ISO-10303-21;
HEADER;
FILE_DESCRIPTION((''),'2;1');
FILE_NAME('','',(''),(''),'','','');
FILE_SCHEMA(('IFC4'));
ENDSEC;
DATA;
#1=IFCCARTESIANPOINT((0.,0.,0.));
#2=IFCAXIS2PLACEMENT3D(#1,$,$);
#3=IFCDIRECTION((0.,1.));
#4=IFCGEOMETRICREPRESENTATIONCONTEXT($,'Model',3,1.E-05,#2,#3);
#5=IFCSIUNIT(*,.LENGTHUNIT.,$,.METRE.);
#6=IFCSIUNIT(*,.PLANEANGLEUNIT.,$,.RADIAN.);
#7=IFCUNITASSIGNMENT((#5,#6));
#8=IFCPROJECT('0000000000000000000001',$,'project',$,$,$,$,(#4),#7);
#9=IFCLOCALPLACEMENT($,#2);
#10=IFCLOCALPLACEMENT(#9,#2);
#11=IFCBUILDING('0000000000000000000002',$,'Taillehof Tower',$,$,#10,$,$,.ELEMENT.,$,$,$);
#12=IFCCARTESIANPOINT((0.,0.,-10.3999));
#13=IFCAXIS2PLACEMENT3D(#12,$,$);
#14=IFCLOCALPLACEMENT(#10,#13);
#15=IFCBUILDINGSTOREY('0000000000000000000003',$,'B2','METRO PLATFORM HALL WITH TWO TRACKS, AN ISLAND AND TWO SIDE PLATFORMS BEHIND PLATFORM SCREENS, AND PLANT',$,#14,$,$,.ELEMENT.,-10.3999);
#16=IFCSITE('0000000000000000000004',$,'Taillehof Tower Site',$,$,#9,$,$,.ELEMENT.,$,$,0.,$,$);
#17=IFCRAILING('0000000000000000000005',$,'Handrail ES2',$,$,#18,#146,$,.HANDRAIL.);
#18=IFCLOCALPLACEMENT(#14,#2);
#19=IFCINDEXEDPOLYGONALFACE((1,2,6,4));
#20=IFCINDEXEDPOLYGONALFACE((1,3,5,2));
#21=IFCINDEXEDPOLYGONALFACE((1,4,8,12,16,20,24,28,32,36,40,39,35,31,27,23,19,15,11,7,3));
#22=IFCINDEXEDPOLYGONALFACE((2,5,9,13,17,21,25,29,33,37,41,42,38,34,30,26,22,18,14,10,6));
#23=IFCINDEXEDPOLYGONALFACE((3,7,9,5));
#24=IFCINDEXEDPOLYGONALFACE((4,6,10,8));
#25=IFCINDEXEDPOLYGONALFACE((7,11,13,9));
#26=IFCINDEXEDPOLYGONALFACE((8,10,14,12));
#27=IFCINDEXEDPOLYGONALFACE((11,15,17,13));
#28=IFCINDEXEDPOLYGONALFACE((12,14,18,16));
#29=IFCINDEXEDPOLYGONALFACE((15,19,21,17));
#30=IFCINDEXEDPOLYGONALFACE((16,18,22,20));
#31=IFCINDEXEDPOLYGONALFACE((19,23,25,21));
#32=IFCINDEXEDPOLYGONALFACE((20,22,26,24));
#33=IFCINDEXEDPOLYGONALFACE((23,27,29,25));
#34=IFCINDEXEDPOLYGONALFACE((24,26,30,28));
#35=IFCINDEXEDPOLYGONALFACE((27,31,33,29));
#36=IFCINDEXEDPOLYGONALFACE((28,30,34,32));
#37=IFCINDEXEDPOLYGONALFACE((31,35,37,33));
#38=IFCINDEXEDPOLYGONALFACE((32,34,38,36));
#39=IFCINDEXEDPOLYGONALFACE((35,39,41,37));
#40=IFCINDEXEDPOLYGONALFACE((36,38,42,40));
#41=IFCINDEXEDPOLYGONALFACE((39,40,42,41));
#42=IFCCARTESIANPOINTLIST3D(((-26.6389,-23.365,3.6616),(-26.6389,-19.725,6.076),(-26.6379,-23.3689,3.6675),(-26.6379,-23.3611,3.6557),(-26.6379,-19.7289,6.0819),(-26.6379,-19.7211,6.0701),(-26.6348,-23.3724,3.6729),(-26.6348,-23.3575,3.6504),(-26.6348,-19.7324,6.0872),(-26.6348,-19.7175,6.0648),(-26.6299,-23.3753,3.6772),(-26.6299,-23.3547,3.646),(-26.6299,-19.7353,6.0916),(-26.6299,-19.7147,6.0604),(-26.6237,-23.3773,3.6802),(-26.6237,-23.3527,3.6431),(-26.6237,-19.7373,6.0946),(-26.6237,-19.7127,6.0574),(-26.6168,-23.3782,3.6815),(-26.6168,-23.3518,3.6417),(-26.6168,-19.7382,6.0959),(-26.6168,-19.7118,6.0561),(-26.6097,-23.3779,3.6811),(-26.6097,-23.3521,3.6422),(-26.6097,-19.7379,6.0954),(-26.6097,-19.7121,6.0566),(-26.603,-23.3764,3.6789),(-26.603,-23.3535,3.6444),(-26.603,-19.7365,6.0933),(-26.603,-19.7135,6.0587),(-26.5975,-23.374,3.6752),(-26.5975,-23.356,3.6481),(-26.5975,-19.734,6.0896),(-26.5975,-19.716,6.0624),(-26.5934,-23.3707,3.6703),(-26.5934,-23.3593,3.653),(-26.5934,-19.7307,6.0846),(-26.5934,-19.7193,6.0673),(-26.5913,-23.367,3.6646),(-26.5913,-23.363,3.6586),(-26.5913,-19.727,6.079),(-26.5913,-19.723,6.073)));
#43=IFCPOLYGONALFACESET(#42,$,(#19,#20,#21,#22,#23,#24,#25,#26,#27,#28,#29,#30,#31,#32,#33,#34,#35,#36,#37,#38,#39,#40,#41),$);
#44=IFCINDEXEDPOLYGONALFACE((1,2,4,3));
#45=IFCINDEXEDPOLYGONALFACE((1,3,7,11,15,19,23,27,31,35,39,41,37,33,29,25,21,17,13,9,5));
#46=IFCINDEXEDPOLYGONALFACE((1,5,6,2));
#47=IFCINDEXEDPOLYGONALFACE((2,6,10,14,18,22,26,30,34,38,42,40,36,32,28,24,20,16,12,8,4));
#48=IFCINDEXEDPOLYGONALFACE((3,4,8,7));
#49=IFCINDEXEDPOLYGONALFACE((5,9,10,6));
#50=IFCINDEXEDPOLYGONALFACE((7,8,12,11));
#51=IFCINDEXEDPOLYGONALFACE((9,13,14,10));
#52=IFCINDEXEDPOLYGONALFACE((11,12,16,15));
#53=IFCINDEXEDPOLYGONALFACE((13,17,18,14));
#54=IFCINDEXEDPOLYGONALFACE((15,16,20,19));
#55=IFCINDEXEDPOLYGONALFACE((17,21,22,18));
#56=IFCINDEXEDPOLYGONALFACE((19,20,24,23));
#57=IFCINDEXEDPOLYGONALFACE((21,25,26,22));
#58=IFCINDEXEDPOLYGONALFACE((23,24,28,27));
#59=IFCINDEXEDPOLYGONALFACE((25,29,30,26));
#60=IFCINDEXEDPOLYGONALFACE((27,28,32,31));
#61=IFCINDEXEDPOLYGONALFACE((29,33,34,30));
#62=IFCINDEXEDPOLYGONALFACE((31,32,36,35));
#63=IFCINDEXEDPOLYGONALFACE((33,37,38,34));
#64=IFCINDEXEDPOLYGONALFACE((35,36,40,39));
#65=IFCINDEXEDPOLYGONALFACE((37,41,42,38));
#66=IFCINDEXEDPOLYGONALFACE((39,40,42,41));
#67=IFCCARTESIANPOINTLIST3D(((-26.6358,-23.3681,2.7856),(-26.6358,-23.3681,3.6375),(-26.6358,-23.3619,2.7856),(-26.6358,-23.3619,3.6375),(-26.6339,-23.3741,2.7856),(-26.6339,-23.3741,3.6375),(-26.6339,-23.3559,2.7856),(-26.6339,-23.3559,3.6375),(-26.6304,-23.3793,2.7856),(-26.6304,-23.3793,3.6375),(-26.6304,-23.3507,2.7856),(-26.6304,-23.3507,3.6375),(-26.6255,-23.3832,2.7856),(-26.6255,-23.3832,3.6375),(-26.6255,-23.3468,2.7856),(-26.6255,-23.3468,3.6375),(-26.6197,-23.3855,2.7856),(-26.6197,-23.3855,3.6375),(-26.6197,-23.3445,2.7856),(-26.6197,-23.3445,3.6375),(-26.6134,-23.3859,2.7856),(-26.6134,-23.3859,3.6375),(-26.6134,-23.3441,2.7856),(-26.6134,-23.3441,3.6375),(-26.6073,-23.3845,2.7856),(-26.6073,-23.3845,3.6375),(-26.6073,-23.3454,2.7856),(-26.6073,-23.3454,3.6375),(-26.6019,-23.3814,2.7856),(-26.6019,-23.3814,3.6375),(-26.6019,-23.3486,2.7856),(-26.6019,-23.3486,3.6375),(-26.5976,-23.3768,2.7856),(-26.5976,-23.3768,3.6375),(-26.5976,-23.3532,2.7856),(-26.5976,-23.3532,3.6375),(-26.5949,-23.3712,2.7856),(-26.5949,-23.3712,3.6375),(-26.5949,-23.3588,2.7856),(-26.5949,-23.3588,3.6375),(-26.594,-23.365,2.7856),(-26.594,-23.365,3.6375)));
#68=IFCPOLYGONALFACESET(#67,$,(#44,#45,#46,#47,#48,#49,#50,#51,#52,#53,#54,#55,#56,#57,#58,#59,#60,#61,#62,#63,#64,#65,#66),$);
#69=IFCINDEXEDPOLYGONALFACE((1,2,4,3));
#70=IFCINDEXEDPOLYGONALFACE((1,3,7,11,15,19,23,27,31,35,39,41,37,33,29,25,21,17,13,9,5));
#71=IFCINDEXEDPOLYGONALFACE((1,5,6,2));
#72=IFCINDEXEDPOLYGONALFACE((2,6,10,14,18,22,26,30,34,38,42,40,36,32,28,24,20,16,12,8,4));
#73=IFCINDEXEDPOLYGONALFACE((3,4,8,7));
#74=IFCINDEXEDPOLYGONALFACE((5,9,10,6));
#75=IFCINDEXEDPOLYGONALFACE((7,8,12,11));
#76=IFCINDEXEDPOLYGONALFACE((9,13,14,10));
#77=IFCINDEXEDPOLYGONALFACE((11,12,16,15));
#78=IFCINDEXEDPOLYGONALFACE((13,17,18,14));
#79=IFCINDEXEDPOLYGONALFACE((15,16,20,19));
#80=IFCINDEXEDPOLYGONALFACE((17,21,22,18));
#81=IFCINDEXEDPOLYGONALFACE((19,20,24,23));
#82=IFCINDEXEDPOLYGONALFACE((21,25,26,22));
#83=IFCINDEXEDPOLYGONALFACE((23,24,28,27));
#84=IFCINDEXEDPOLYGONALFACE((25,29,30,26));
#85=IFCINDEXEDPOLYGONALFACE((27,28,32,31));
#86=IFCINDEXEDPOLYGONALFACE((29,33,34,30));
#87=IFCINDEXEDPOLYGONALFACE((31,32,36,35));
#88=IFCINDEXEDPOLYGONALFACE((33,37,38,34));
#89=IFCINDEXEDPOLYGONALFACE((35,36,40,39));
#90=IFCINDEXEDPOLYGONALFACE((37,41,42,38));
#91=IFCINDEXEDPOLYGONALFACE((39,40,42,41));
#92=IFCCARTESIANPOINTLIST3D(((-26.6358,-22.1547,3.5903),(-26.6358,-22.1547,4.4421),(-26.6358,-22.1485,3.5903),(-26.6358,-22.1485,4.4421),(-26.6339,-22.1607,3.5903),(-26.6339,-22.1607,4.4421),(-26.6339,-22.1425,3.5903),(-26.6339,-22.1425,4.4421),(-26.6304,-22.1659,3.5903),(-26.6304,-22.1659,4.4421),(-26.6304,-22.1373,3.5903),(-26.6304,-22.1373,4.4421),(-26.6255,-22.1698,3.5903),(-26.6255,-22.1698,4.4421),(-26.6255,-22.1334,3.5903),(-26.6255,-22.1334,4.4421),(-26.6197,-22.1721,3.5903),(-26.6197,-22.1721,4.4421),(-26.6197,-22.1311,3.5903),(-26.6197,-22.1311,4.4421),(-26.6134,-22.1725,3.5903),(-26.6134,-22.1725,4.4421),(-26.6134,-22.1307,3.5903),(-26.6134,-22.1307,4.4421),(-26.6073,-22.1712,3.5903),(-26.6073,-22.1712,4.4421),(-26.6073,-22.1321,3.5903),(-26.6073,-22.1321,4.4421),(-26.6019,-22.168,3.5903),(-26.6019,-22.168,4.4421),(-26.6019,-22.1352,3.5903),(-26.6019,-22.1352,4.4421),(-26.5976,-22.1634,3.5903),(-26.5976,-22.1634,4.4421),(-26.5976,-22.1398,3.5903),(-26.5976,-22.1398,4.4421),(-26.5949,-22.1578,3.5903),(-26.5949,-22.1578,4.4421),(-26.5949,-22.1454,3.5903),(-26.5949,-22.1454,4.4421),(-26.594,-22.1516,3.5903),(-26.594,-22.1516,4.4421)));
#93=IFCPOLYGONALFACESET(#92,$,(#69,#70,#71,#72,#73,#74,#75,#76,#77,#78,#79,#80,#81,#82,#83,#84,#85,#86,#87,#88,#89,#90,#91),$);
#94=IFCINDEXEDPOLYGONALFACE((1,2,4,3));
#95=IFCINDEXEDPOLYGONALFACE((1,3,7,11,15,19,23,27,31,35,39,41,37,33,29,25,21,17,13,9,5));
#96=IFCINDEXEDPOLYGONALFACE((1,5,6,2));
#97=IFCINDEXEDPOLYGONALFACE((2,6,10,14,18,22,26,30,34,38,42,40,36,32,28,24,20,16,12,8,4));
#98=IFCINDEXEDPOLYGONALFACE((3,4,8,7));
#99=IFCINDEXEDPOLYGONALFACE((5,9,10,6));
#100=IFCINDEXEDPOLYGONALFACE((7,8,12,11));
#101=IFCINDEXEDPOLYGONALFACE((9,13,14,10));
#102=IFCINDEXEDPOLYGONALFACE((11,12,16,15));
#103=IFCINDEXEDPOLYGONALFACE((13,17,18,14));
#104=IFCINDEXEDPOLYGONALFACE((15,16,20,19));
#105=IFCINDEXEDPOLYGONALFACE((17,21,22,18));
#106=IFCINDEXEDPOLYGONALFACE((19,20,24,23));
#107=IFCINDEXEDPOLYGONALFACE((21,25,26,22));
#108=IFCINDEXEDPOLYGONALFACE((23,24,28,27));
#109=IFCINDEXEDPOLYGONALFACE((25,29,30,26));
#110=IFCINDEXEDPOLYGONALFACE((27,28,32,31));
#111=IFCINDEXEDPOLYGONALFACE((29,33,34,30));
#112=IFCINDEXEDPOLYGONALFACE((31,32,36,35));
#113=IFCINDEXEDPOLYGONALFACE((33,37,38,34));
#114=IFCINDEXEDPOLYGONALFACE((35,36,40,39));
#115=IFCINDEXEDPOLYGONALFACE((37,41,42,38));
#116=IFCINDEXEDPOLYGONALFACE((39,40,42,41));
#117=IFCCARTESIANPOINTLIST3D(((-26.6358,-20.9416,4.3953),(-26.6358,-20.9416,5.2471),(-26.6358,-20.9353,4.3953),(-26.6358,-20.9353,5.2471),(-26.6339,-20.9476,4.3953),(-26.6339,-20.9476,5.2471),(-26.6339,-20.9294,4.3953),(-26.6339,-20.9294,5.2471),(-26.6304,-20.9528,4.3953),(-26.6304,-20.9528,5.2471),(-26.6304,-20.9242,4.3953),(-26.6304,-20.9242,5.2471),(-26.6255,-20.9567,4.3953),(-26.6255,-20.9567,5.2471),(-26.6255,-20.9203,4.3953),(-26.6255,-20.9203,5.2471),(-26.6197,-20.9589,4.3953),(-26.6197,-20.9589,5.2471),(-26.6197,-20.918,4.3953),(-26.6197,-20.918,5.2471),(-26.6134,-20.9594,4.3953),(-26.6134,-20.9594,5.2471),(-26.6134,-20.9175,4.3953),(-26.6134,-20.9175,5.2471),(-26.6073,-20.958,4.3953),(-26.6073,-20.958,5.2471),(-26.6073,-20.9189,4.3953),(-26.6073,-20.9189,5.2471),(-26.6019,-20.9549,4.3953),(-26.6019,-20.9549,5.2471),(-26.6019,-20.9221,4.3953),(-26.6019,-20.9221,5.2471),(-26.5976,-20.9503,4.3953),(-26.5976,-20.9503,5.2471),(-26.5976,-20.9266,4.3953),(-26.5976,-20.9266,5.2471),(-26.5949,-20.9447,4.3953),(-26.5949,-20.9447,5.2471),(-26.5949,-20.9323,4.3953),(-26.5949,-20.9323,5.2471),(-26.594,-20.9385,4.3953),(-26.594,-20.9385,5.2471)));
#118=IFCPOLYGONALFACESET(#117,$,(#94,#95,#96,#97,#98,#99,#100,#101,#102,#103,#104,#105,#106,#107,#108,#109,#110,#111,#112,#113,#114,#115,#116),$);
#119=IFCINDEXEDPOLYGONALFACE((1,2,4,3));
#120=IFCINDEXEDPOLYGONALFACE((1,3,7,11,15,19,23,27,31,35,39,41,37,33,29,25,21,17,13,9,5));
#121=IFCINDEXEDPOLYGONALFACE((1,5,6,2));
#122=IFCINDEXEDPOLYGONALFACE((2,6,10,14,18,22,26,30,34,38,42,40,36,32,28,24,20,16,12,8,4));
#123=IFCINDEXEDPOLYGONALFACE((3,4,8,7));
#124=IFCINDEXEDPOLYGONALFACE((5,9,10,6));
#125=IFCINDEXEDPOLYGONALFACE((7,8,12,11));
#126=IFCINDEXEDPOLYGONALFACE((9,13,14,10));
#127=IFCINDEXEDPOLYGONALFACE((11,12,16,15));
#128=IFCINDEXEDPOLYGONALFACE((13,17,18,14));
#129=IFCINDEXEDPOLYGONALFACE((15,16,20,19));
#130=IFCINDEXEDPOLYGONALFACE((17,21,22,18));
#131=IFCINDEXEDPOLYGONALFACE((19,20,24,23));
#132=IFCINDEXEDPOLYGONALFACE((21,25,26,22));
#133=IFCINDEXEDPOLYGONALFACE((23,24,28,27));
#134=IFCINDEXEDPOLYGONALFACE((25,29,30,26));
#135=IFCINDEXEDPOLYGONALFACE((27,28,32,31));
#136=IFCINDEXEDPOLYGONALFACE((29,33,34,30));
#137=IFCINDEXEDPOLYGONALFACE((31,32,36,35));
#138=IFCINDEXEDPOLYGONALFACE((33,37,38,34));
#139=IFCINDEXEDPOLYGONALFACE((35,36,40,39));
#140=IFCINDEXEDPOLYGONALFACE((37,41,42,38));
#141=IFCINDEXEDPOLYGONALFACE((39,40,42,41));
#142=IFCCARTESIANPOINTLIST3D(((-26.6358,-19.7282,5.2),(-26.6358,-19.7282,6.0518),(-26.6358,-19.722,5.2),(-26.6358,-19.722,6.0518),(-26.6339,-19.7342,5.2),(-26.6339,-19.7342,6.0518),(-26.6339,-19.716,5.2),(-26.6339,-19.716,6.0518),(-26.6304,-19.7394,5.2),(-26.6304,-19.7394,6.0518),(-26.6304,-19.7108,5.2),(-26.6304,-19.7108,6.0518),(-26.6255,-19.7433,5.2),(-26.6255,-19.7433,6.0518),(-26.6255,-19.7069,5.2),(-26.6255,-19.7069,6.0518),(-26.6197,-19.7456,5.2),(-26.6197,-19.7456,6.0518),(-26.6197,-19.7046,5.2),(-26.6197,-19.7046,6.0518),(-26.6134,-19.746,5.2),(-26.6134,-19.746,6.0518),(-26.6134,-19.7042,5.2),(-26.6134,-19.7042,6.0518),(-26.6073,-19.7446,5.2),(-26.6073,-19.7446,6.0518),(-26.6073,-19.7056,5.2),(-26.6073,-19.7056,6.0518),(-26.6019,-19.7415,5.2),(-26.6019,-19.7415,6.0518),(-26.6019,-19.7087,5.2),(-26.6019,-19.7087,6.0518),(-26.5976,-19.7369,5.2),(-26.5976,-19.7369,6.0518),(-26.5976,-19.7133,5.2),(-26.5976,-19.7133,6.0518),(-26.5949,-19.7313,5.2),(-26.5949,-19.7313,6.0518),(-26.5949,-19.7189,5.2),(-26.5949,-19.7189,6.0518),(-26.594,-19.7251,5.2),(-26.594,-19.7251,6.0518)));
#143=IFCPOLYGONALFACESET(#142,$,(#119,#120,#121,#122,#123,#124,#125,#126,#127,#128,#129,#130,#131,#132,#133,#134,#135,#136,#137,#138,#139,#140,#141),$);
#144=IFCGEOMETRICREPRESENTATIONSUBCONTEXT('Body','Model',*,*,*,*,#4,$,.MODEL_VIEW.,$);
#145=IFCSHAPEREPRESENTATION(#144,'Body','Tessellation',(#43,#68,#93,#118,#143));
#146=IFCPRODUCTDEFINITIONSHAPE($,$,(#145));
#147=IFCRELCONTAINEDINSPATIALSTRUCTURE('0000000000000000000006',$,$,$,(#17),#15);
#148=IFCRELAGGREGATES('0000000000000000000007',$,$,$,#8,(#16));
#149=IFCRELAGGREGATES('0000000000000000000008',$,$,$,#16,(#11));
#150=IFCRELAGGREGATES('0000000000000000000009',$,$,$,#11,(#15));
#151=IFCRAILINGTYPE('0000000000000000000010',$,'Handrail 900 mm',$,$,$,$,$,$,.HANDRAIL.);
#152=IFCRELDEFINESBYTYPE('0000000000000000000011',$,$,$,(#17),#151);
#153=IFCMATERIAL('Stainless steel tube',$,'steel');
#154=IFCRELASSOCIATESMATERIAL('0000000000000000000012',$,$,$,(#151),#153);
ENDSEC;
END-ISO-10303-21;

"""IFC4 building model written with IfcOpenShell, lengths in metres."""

from ifc_helpers import new_model, si_unit, direction, frame, origin, origin_2d, place, context, subcontext, project, spatial, circle, extrude, material, type_object, element, save


model = new_model("IFC4")

# Units and contexts
model_context = context("Model", 3, precision=1e-05, world=origin(), true_north=direction((0.0, 1.0)))
body_context = subcontext(model_context, "Body", "Model", "MODEL_VIEW")
ifc_project = project(units=[si_unit("LENGTHUNIT", "METRE"), si_unit("PLANEANGLEUNIT", "RADIAN")], contexts=[model_context])

# Site, building, storey
site_placement = place(None, origin())
site = spatial("IfcSite", under=ifc_project, at=site_placement, Name="Taillehof Tower Site", CompositionType="ELEMENT", RefElevation=0.0)
building_placement = place(site_placement, origin())
building = spatial("IfcBuilding", under=site, at=building_placement, Name="Taillehof Tower", CompositionType="ELEMENT")
storey_placement = place(building_placement, frame((0.0, 0.0, -10.3999)))
storey = spatial("IfcBuildingStorey", under=building, at=storey_placement, Name="B2", Description="METRO PLATFORM HALL WITH TWO TRACKS, AN ISLAND AND TWO SIDE PLATFORMS BEHIND PLATFORM SCREENS, AND PLANT", CompositionType="ELEMENT", Elevation=-10.3999)

# Railing
ifc_material_1 = material(Name="Stainless steel tube", Category="steel")
railing_type = type_object("IfcRailingType", Name="Handrail 900 mm", PredefinedType="HANDRAIL", material=ifc_material_1)
for number, where, name in (
    (1, (-26.615, -23.365, 2.7856), "Handrail ES2"),
):
    element("IfcRailing", number, at=place(storey_placement, frame(where)), inside=storey, type_object=railing_type, Name=name, PredefinedType="HANDRAIL", context=body_context, shape_type="SweptSolid", body=[
        extrude(circle(Radius=0.0239, at=origin_2d()), frame((0.0, 0.0, 0.876), z_axis=(0.0, 0.833347, 0.552751), x_axis=(-1.0, 0.0, 0.0)), (0.0, 0.0, 1.0), 4.3679),
        extrude(circle(Radius=0.021, at=origin_2d()), origin(), (0.0, 0.0, 1.0), 0.8518),
        extrude(circle(Radius=0.021, at=origin_2d()), frame((0.0, 1.2134, 0.8047)), (0.0, 0.0, 1.0), 0.8518),
        extrude(circle(Radius=0.021, at=origin_2d()), frame((0.0, 2.4265, 1.6096)), (0.0, 0.0, 1.0), 0.8518),
        extrude(circle(Radius=0.021, at=origin_2d()), frame((0.0, 3.6399, 2.4143)), (0.0, 0.0, 1.0), 0.8518),
    ])

save(model, "model.ifc")
